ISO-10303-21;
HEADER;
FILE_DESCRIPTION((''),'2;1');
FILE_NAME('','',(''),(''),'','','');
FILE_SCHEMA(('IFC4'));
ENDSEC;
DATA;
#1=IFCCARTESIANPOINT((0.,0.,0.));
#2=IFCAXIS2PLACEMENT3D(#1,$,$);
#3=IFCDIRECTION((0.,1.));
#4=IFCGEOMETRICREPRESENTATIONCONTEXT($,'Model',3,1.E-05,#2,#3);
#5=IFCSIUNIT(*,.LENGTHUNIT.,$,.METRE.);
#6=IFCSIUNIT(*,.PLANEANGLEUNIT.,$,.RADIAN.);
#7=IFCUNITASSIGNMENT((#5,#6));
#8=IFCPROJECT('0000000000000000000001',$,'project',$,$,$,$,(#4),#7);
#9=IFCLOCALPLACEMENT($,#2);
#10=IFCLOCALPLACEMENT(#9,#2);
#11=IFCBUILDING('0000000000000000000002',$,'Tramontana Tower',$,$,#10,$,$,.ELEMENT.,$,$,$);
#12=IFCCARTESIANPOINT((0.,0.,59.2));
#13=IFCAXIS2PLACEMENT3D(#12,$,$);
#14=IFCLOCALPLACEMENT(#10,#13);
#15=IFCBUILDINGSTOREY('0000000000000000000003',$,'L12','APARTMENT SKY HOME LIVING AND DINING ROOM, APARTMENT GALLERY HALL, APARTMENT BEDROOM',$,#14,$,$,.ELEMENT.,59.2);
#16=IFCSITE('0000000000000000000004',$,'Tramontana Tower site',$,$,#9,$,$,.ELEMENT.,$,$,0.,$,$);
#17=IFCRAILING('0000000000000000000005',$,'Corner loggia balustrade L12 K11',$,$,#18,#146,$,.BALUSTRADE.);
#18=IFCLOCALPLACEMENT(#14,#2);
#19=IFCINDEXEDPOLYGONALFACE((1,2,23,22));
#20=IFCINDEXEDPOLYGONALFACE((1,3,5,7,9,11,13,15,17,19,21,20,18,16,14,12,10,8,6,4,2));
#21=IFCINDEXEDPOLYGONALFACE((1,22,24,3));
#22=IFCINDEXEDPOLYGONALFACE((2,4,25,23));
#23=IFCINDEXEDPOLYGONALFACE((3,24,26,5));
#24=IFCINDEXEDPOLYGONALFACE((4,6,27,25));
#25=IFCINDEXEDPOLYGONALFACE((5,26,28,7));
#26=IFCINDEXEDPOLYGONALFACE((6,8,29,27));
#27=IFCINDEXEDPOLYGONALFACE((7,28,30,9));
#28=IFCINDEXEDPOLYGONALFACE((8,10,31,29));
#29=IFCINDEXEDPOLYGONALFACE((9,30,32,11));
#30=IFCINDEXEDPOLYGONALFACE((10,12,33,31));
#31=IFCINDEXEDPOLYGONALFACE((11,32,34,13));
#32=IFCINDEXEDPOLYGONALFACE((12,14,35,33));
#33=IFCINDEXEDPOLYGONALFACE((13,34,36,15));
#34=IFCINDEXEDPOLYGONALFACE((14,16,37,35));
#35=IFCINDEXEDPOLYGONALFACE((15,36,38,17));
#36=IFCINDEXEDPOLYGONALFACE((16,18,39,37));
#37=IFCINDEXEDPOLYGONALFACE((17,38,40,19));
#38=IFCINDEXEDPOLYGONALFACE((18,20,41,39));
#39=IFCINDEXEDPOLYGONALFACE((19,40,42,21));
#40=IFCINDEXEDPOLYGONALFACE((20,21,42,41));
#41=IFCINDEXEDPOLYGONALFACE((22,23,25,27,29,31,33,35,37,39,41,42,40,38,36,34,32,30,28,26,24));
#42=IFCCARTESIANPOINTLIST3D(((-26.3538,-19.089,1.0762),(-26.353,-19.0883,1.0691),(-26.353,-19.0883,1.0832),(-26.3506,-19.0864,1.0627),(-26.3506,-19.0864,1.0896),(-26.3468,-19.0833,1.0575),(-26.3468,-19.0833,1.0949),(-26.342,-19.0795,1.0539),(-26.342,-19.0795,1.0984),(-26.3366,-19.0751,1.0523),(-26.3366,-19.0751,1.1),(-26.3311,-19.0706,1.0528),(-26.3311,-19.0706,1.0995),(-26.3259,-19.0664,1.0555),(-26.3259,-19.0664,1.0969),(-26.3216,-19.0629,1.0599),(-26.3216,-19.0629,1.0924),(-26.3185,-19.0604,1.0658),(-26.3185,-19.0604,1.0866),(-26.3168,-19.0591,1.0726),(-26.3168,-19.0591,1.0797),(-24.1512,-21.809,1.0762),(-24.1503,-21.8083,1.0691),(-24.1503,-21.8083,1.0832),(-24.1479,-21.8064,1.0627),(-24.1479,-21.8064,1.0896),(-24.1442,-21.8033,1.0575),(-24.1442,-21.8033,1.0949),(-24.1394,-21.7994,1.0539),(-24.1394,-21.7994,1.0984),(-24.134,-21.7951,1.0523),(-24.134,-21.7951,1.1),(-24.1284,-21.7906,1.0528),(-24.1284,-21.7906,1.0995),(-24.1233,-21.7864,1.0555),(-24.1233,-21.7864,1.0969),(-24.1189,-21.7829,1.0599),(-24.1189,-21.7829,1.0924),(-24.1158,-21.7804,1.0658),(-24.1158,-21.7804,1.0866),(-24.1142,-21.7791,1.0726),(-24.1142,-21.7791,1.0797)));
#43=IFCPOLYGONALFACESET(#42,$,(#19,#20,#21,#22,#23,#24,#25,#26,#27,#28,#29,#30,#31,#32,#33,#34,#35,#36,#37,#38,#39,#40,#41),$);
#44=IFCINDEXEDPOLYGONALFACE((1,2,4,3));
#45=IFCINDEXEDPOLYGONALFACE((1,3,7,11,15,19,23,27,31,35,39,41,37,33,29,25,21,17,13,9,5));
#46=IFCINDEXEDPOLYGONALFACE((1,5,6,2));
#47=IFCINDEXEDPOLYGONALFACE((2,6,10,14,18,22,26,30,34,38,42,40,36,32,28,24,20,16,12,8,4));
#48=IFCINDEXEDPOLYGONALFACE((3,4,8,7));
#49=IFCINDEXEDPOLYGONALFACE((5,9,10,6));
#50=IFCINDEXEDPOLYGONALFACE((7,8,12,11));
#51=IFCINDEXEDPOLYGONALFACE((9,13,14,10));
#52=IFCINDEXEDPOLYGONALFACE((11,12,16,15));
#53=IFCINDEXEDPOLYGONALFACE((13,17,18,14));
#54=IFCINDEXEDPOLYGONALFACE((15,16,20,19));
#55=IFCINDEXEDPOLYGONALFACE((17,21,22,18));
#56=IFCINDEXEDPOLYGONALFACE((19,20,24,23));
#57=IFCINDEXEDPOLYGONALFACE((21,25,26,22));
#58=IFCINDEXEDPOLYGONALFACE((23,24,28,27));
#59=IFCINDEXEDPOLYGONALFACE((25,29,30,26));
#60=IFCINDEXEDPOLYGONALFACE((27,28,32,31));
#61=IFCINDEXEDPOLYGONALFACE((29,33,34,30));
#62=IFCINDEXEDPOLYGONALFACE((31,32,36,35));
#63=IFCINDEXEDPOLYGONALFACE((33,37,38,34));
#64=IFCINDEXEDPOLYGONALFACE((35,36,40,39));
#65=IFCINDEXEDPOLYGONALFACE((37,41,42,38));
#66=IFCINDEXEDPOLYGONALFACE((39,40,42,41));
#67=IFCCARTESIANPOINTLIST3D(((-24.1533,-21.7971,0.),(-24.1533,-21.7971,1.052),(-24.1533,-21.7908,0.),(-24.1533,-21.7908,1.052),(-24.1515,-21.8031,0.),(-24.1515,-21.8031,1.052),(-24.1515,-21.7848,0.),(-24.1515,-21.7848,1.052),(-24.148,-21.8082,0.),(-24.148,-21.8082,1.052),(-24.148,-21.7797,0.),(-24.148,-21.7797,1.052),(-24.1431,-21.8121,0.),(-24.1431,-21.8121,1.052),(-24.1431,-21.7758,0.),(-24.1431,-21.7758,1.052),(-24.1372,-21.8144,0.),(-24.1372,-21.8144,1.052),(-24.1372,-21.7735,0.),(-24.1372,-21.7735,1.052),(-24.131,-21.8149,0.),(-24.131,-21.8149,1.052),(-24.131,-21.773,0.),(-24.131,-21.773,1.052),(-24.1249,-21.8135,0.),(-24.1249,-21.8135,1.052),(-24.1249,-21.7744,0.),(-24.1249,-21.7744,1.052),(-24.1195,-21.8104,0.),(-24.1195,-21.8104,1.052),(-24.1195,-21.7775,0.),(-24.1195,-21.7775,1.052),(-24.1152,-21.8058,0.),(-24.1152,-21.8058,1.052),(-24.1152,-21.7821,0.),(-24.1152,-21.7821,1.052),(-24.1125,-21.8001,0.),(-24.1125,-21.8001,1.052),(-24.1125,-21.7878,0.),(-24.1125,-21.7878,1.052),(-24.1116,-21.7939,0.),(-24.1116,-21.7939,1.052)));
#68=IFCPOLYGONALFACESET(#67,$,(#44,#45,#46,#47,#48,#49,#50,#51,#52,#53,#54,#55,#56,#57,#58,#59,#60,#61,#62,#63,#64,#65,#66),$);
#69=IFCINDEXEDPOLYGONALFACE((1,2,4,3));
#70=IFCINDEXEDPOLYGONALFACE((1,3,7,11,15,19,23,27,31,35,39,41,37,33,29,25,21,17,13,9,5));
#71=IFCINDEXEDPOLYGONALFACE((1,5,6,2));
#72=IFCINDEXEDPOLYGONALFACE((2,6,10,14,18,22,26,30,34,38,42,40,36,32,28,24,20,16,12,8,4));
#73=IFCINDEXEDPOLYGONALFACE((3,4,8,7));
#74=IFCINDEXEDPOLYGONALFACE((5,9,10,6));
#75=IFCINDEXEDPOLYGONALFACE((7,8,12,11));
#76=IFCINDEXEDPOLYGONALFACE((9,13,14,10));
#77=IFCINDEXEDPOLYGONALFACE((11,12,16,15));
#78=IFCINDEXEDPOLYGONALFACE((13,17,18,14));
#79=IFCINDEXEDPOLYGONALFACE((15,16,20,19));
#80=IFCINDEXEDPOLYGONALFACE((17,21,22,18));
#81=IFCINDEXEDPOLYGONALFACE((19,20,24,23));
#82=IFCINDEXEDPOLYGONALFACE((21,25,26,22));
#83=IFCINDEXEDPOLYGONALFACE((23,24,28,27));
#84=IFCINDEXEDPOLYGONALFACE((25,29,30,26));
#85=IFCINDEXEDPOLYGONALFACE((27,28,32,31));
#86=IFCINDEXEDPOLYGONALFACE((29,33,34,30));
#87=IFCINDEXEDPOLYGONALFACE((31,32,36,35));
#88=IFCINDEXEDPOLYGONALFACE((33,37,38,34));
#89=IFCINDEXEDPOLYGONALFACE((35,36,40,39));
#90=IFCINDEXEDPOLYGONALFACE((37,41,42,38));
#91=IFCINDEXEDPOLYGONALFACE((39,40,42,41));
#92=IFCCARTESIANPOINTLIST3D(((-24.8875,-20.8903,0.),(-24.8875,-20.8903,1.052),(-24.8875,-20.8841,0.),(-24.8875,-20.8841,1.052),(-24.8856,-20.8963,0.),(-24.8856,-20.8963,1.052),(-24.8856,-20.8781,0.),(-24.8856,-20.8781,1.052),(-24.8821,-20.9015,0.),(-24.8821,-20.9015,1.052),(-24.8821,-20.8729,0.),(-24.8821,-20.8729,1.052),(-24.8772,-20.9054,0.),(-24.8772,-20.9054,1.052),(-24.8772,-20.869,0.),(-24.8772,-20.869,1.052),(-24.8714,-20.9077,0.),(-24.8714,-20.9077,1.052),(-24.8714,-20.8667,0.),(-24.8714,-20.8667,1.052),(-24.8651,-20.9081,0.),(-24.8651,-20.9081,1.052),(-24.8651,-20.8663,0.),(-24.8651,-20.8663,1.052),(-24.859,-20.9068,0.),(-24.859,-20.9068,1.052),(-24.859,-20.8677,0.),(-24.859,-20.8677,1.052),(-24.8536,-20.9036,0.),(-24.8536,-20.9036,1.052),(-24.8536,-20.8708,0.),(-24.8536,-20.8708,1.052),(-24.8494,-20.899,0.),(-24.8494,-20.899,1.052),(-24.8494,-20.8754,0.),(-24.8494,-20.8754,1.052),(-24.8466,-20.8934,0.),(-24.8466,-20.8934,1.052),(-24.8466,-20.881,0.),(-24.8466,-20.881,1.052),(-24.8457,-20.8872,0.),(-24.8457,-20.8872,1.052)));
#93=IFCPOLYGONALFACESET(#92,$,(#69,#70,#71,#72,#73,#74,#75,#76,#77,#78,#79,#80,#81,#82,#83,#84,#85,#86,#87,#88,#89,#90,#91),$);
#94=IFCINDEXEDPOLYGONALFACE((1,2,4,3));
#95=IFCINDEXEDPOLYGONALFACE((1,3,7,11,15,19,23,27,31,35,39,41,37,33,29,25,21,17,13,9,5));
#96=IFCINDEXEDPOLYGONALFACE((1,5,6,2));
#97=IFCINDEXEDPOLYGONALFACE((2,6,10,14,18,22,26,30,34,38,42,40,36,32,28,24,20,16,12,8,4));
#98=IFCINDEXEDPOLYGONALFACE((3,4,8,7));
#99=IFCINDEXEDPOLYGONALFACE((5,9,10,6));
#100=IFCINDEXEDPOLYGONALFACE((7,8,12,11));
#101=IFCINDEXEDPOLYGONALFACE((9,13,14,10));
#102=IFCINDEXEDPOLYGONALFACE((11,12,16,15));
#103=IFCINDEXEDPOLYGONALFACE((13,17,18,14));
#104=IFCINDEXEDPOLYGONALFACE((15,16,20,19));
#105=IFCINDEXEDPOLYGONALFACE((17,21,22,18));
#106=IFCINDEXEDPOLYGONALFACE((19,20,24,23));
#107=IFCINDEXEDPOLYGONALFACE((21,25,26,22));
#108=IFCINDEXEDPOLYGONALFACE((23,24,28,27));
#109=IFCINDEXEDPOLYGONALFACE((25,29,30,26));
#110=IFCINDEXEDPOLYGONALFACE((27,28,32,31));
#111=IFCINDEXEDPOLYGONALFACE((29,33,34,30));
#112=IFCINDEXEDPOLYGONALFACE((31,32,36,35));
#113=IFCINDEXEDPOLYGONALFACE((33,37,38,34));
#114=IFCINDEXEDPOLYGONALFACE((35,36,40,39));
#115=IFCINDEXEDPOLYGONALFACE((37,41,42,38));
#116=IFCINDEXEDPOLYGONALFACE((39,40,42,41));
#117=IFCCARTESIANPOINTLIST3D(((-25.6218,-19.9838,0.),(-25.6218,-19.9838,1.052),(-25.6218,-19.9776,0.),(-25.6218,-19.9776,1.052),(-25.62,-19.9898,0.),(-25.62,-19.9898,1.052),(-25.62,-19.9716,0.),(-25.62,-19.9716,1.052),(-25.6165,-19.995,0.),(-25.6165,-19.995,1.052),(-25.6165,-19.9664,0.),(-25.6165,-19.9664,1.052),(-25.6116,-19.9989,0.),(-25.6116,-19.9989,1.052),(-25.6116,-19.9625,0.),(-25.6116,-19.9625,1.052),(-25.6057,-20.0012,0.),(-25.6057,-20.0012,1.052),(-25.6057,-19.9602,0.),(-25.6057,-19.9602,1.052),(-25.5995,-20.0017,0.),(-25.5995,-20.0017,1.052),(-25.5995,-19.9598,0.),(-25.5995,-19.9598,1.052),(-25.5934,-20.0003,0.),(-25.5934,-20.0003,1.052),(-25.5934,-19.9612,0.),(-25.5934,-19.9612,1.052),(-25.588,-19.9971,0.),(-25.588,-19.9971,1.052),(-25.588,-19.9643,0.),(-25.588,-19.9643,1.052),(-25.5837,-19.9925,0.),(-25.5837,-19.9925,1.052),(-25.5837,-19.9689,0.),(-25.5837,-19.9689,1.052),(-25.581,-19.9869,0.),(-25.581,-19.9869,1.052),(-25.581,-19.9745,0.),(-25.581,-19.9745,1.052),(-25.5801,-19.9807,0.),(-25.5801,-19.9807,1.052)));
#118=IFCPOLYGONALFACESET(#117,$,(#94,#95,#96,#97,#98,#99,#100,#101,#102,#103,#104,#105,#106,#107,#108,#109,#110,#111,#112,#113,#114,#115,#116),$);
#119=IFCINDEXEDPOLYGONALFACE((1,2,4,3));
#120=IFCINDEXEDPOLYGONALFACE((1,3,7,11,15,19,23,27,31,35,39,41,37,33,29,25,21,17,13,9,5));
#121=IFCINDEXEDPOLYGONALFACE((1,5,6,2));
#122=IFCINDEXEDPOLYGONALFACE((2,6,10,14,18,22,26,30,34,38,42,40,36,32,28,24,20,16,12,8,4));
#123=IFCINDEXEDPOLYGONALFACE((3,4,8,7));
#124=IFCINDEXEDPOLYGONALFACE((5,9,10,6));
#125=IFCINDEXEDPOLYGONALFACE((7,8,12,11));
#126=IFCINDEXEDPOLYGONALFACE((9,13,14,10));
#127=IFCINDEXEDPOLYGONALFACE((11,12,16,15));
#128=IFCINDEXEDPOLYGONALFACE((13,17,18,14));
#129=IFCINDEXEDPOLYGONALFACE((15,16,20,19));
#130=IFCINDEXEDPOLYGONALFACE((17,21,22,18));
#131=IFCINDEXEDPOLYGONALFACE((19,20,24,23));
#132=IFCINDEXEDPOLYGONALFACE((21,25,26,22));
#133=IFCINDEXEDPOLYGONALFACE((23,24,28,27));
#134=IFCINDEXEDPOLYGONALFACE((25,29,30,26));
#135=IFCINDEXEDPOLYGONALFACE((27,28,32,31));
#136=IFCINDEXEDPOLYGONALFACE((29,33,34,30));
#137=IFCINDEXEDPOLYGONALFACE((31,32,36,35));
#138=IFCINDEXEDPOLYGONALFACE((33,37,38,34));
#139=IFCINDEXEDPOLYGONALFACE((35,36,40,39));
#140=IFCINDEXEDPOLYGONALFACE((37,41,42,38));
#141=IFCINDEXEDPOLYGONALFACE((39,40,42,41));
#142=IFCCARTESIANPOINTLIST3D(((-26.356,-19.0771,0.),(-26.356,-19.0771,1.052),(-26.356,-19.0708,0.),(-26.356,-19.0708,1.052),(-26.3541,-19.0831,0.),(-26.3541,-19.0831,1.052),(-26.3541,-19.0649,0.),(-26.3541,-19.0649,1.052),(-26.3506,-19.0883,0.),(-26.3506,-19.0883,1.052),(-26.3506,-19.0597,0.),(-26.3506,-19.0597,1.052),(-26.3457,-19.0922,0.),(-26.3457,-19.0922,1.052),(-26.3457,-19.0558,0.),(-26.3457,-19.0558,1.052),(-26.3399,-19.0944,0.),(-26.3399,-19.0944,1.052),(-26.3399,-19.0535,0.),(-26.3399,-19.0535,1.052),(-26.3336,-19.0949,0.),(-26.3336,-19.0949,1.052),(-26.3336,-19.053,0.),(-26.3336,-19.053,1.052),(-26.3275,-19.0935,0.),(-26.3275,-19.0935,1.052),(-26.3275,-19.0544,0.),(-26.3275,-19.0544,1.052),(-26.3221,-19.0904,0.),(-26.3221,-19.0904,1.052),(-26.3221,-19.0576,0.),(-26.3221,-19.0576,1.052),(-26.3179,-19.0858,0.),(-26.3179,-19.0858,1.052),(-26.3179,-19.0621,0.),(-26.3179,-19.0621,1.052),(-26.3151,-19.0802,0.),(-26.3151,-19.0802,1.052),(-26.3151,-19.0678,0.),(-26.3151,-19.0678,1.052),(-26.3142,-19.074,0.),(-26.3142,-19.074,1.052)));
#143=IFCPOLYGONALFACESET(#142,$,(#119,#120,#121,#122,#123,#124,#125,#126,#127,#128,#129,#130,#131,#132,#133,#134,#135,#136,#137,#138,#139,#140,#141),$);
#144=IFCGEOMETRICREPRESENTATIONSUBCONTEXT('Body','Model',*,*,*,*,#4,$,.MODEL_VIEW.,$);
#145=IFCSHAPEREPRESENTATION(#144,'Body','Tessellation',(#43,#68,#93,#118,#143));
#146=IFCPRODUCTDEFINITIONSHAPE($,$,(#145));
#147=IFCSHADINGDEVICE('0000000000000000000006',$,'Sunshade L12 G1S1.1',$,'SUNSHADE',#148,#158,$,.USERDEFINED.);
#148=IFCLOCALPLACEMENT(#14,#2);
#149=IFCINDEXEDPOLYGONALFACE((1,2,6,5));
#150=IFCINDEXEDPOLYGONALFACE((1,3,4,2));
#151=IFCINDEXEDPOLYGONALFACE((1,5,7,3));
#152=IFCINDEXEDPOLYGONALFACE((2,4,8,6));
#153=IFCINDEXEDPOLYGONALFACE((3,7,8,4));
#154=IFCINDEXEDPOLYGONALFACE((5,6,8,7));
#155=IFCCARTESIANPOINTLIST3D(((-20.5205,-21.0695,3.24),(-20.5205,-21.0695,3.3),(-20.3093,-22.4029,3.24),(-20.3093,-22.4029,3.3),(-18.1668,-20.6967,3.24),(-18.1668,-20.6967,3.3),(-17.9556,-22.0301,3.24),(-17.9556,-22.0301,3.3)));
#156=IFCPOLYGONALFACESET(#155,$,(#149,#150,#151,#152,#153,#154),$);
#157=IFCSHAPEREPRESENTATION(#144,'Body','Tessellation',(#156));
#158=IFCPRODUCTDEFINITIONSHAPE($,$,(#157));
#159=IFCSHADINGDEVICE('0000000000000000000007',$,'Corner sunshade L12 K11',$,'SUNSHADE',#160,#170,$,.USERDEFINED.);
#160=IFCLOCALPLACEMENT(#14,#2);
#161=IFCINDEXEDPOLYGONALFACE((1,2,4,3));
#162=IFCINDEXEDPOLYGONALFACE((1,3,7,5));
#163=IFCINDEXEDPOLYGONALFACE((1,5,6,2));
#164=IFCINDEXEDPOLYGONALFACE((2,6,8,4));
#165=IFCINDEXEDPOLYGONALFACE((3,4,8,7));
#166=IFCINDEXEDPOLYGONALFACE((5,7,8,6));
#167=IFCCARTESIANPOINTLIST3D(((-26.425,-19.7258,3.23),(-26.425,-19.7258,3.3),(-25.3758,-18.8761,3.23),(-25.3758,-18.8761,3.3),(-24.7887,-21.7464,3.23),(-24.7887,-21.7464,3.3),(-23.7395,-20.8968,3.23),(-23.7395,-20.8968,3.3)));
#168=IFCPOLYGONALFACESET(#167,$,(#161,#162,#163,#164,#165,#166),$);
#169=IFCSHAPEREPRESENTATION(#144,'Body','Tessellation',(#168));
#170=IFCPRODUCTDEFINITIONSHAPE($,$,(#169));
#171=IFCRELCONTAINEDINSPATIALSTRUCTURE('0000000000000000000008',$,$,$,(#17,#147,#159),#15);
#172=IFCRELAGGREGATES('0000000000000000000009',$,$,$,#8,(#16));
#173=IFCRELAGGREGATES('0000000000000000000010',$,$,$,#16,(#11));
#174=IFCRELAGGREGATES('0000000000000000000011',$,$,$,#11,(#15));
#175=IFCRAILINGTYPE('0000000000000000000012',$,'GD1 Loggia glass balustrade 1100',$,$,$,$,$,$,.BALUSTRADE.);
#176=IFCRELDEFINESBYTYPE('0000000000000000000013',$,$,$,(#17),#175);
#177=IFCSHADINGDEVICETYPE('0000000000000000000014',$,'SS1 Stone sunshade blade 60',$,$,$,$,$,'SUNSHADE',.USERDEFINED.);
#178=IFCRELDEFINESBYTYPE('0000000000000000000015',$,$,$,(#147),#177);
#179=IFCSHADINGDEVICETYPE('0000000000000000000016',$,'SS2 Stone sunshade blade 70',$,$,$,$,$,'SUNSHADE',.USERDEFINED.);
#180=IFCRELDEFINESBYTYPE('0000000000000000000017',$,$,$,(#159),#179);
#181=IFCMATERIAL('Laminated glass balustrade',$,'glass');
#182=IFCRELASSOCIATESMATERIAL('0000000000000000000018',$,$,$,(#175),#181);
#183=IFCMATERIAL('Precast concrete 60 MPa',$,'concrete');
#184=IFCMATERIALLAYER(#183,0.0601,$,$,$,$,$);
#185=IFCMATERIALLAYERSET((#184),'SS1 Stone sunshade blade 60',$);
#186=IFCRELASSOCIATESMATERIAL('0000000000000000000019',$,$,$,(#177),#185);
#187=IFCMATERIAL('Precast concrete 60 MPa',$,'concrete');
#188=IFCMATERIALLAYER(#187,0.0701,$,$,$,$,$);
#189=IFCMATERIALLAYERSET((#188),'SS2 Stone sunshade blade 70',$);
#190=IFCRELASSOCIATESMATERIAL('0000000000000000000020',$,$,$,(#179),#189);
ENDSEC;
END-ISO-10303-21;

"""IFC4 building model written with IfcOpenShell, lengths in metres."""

from ifc_helpers import new_model, si_unit, direction, frame, origin, origin_2d, place, context, subcontext, project, spatial, rectangle, circle, extrude, material, layer, layer_set, type_object, element, save


model = new_model("IFC4")

# Units and contexts
model_context = context("Model", 3, precision=1e-05, world=origin(), true_north=direction((0.0, 1.0)))
body_context = subcontext(model_context, "Body", "Model", "MODEL_VIEW")
ifc_project = project(units=[si_unit("LENGTHUNIT", "METRE"), si_unit("PLANEANGLEUNIT", "RADIAN")], contexts=[model_context])

# Site, building, storey
site_placement = place(None, origin())
site = spatial("IfcSite", under=ifc_project, at=site_placement, Name="Tramontana Tower site", CompositionType="ELEMENT", RefElevation=0.0)
building_placement = place(site_placement, origin())
building = spatial("IfcBuilding", under=site, at=building_placement, Name="Tramontana Tower", CompositionType="ELEMENT")
storey_placement = place(building_placement, frame((0.0, 0.0, 59.2)))
storey = spatial("IfcBuildingStorey", under=building, at=storey_placement, Name="L12", Description="APARTMENT SKY HOME LIVING AND DINING ROOM, APARTMENT GALLERY HALL, APARTMENT BEDROOM", CompositionType="ELEMENT", Elevation=59.2)

# Railing
ifc_material_1 = material(Name="Laminated glass balustrade", Category="glass")
railing_type = type_object("IfcRailingType", Name="GD1 Loggia glass balustrade 1100", PredefinedType="BALUSTRADE", material=ifc_material_1)
railing_1_placement = place(storey_placement, frame((-24.1326, -21.7939, 0.0)))
element("IfcRailing", 1, at=railing_1_placement, inside=storey, type_object=railing_type, Name="Corner loggia balustrade L12 K11", PredefinedType="BALUSTRADE", context=body_context, shape_type="SweptSolid", body=[
    extrude(circle(Radius=0.0239, at=origin_2d()), frame((0.0, 0.0, 1.0762), z_axis=(-0.629329, 0.777139, 0.0), x_axis=(-0.777139, -0.629329, 0.0)), (0.0, 0.0, 1.0), 3.5),
    extrude(circle(Radius=0.021, at=origin_2d()), origin(), (0.0, 0.0, 1.0), 1.052),
    extrude(circle(Radius=0.021, at=origin_2d()), frame((-0.7341, 0.9067, 0.0)), (0.0, 0.0, 1.0), 1.052),
    extrude(circle(Radius=0.021, at=origin_2d()), frame((-1.4685, 1.8132, 0.0)), (0.0, 0.0, 1.0), 1.052),
    extrude(circle(Radius=0.021, at=origin_2d()), frame((-2.2026, 2.72, 0.0)), (0.0, 0.0, 1.0), 1.052),
])

# Shading devices
ifc_material_2 = material(Name="Precast concrete 60 MPa", Category="concrete")
ifc_layer_1 = layer(ifc_material_2, 0.0601)
ifc_layer_set_1 = layer_set([ifc_layer_1], Name="SS1 Stone sunshade blade 60")
shading_device_type_1 = type_object("IfcShadingDeviceType", Name="SS1 Stone sunshade blade 60", ElementType="SUNSHADE", PredefinedType="USERDEFINED", material=ifc_layer_set_1)
shading_device_1_placement = place(storey_placement, frame((-19.238, -21.5498, 3.24), z_axis=(0.0, 0.0, 1.0), x_axis=(0.987688, 0.156434, 0.0)))
element("IfcShadingDevice", 2, at=shading_device_1_placement, inside=storey, type_object=shading_device_type_1, Name="Sunshade L12 G1S1.1", ObjectType="SUNSHADE", PredefinedType="USERDEFINED", context=body_context, shape_type="SweptSolid", body=[
    extrude(rectangle(XDim=2.3831, YDim=1.3501, at=origin_2d()), origin(), (0.0, 0.0, 1.0), 0.0601),
])
ifc_material_3 = material(Name="Precast concrete 60 MPa", Category="concrete")
ifc_layer_2 = layer(ifc_material_3, 0.0701)
ifc_layer_set_2 = layer_set([ifc_layer_2], Name="SS2 Stone sunshade blade 70")
shading_device_type_2 = type_object("IfcShadingDeviceType", Name="SS2 Stone sunshade blade 70", ElementType="SUNSHADE", PredefinedType="USERDEFINED", material=ifc_layer_set_2)
shading_device_2_placement = place(storey_placement, frame((-25.0823, -20.3113, 3.23), z_axis=(0.0, 0.0, 1.0), x_axis=(-0.62932, 0.777146, 0.0)))
element("IfcShadingDevice", 3, at=shading_device_2_placement, inside=storey, type_object=shading_device_type_2, Name="Corner sunshade L12 K11", ObjectType="SUNSHADE", PredefinedType="USERDEFINED", context=body_context, shape_type="SweptSolid", body=[
    extrude(rectangle(XDim=2.6001, YDim=1.3501, at=origin_2d()), origin(), (0.0, 0.0, 1.0), 0.0701),
])

save(model, "model.ifc")
